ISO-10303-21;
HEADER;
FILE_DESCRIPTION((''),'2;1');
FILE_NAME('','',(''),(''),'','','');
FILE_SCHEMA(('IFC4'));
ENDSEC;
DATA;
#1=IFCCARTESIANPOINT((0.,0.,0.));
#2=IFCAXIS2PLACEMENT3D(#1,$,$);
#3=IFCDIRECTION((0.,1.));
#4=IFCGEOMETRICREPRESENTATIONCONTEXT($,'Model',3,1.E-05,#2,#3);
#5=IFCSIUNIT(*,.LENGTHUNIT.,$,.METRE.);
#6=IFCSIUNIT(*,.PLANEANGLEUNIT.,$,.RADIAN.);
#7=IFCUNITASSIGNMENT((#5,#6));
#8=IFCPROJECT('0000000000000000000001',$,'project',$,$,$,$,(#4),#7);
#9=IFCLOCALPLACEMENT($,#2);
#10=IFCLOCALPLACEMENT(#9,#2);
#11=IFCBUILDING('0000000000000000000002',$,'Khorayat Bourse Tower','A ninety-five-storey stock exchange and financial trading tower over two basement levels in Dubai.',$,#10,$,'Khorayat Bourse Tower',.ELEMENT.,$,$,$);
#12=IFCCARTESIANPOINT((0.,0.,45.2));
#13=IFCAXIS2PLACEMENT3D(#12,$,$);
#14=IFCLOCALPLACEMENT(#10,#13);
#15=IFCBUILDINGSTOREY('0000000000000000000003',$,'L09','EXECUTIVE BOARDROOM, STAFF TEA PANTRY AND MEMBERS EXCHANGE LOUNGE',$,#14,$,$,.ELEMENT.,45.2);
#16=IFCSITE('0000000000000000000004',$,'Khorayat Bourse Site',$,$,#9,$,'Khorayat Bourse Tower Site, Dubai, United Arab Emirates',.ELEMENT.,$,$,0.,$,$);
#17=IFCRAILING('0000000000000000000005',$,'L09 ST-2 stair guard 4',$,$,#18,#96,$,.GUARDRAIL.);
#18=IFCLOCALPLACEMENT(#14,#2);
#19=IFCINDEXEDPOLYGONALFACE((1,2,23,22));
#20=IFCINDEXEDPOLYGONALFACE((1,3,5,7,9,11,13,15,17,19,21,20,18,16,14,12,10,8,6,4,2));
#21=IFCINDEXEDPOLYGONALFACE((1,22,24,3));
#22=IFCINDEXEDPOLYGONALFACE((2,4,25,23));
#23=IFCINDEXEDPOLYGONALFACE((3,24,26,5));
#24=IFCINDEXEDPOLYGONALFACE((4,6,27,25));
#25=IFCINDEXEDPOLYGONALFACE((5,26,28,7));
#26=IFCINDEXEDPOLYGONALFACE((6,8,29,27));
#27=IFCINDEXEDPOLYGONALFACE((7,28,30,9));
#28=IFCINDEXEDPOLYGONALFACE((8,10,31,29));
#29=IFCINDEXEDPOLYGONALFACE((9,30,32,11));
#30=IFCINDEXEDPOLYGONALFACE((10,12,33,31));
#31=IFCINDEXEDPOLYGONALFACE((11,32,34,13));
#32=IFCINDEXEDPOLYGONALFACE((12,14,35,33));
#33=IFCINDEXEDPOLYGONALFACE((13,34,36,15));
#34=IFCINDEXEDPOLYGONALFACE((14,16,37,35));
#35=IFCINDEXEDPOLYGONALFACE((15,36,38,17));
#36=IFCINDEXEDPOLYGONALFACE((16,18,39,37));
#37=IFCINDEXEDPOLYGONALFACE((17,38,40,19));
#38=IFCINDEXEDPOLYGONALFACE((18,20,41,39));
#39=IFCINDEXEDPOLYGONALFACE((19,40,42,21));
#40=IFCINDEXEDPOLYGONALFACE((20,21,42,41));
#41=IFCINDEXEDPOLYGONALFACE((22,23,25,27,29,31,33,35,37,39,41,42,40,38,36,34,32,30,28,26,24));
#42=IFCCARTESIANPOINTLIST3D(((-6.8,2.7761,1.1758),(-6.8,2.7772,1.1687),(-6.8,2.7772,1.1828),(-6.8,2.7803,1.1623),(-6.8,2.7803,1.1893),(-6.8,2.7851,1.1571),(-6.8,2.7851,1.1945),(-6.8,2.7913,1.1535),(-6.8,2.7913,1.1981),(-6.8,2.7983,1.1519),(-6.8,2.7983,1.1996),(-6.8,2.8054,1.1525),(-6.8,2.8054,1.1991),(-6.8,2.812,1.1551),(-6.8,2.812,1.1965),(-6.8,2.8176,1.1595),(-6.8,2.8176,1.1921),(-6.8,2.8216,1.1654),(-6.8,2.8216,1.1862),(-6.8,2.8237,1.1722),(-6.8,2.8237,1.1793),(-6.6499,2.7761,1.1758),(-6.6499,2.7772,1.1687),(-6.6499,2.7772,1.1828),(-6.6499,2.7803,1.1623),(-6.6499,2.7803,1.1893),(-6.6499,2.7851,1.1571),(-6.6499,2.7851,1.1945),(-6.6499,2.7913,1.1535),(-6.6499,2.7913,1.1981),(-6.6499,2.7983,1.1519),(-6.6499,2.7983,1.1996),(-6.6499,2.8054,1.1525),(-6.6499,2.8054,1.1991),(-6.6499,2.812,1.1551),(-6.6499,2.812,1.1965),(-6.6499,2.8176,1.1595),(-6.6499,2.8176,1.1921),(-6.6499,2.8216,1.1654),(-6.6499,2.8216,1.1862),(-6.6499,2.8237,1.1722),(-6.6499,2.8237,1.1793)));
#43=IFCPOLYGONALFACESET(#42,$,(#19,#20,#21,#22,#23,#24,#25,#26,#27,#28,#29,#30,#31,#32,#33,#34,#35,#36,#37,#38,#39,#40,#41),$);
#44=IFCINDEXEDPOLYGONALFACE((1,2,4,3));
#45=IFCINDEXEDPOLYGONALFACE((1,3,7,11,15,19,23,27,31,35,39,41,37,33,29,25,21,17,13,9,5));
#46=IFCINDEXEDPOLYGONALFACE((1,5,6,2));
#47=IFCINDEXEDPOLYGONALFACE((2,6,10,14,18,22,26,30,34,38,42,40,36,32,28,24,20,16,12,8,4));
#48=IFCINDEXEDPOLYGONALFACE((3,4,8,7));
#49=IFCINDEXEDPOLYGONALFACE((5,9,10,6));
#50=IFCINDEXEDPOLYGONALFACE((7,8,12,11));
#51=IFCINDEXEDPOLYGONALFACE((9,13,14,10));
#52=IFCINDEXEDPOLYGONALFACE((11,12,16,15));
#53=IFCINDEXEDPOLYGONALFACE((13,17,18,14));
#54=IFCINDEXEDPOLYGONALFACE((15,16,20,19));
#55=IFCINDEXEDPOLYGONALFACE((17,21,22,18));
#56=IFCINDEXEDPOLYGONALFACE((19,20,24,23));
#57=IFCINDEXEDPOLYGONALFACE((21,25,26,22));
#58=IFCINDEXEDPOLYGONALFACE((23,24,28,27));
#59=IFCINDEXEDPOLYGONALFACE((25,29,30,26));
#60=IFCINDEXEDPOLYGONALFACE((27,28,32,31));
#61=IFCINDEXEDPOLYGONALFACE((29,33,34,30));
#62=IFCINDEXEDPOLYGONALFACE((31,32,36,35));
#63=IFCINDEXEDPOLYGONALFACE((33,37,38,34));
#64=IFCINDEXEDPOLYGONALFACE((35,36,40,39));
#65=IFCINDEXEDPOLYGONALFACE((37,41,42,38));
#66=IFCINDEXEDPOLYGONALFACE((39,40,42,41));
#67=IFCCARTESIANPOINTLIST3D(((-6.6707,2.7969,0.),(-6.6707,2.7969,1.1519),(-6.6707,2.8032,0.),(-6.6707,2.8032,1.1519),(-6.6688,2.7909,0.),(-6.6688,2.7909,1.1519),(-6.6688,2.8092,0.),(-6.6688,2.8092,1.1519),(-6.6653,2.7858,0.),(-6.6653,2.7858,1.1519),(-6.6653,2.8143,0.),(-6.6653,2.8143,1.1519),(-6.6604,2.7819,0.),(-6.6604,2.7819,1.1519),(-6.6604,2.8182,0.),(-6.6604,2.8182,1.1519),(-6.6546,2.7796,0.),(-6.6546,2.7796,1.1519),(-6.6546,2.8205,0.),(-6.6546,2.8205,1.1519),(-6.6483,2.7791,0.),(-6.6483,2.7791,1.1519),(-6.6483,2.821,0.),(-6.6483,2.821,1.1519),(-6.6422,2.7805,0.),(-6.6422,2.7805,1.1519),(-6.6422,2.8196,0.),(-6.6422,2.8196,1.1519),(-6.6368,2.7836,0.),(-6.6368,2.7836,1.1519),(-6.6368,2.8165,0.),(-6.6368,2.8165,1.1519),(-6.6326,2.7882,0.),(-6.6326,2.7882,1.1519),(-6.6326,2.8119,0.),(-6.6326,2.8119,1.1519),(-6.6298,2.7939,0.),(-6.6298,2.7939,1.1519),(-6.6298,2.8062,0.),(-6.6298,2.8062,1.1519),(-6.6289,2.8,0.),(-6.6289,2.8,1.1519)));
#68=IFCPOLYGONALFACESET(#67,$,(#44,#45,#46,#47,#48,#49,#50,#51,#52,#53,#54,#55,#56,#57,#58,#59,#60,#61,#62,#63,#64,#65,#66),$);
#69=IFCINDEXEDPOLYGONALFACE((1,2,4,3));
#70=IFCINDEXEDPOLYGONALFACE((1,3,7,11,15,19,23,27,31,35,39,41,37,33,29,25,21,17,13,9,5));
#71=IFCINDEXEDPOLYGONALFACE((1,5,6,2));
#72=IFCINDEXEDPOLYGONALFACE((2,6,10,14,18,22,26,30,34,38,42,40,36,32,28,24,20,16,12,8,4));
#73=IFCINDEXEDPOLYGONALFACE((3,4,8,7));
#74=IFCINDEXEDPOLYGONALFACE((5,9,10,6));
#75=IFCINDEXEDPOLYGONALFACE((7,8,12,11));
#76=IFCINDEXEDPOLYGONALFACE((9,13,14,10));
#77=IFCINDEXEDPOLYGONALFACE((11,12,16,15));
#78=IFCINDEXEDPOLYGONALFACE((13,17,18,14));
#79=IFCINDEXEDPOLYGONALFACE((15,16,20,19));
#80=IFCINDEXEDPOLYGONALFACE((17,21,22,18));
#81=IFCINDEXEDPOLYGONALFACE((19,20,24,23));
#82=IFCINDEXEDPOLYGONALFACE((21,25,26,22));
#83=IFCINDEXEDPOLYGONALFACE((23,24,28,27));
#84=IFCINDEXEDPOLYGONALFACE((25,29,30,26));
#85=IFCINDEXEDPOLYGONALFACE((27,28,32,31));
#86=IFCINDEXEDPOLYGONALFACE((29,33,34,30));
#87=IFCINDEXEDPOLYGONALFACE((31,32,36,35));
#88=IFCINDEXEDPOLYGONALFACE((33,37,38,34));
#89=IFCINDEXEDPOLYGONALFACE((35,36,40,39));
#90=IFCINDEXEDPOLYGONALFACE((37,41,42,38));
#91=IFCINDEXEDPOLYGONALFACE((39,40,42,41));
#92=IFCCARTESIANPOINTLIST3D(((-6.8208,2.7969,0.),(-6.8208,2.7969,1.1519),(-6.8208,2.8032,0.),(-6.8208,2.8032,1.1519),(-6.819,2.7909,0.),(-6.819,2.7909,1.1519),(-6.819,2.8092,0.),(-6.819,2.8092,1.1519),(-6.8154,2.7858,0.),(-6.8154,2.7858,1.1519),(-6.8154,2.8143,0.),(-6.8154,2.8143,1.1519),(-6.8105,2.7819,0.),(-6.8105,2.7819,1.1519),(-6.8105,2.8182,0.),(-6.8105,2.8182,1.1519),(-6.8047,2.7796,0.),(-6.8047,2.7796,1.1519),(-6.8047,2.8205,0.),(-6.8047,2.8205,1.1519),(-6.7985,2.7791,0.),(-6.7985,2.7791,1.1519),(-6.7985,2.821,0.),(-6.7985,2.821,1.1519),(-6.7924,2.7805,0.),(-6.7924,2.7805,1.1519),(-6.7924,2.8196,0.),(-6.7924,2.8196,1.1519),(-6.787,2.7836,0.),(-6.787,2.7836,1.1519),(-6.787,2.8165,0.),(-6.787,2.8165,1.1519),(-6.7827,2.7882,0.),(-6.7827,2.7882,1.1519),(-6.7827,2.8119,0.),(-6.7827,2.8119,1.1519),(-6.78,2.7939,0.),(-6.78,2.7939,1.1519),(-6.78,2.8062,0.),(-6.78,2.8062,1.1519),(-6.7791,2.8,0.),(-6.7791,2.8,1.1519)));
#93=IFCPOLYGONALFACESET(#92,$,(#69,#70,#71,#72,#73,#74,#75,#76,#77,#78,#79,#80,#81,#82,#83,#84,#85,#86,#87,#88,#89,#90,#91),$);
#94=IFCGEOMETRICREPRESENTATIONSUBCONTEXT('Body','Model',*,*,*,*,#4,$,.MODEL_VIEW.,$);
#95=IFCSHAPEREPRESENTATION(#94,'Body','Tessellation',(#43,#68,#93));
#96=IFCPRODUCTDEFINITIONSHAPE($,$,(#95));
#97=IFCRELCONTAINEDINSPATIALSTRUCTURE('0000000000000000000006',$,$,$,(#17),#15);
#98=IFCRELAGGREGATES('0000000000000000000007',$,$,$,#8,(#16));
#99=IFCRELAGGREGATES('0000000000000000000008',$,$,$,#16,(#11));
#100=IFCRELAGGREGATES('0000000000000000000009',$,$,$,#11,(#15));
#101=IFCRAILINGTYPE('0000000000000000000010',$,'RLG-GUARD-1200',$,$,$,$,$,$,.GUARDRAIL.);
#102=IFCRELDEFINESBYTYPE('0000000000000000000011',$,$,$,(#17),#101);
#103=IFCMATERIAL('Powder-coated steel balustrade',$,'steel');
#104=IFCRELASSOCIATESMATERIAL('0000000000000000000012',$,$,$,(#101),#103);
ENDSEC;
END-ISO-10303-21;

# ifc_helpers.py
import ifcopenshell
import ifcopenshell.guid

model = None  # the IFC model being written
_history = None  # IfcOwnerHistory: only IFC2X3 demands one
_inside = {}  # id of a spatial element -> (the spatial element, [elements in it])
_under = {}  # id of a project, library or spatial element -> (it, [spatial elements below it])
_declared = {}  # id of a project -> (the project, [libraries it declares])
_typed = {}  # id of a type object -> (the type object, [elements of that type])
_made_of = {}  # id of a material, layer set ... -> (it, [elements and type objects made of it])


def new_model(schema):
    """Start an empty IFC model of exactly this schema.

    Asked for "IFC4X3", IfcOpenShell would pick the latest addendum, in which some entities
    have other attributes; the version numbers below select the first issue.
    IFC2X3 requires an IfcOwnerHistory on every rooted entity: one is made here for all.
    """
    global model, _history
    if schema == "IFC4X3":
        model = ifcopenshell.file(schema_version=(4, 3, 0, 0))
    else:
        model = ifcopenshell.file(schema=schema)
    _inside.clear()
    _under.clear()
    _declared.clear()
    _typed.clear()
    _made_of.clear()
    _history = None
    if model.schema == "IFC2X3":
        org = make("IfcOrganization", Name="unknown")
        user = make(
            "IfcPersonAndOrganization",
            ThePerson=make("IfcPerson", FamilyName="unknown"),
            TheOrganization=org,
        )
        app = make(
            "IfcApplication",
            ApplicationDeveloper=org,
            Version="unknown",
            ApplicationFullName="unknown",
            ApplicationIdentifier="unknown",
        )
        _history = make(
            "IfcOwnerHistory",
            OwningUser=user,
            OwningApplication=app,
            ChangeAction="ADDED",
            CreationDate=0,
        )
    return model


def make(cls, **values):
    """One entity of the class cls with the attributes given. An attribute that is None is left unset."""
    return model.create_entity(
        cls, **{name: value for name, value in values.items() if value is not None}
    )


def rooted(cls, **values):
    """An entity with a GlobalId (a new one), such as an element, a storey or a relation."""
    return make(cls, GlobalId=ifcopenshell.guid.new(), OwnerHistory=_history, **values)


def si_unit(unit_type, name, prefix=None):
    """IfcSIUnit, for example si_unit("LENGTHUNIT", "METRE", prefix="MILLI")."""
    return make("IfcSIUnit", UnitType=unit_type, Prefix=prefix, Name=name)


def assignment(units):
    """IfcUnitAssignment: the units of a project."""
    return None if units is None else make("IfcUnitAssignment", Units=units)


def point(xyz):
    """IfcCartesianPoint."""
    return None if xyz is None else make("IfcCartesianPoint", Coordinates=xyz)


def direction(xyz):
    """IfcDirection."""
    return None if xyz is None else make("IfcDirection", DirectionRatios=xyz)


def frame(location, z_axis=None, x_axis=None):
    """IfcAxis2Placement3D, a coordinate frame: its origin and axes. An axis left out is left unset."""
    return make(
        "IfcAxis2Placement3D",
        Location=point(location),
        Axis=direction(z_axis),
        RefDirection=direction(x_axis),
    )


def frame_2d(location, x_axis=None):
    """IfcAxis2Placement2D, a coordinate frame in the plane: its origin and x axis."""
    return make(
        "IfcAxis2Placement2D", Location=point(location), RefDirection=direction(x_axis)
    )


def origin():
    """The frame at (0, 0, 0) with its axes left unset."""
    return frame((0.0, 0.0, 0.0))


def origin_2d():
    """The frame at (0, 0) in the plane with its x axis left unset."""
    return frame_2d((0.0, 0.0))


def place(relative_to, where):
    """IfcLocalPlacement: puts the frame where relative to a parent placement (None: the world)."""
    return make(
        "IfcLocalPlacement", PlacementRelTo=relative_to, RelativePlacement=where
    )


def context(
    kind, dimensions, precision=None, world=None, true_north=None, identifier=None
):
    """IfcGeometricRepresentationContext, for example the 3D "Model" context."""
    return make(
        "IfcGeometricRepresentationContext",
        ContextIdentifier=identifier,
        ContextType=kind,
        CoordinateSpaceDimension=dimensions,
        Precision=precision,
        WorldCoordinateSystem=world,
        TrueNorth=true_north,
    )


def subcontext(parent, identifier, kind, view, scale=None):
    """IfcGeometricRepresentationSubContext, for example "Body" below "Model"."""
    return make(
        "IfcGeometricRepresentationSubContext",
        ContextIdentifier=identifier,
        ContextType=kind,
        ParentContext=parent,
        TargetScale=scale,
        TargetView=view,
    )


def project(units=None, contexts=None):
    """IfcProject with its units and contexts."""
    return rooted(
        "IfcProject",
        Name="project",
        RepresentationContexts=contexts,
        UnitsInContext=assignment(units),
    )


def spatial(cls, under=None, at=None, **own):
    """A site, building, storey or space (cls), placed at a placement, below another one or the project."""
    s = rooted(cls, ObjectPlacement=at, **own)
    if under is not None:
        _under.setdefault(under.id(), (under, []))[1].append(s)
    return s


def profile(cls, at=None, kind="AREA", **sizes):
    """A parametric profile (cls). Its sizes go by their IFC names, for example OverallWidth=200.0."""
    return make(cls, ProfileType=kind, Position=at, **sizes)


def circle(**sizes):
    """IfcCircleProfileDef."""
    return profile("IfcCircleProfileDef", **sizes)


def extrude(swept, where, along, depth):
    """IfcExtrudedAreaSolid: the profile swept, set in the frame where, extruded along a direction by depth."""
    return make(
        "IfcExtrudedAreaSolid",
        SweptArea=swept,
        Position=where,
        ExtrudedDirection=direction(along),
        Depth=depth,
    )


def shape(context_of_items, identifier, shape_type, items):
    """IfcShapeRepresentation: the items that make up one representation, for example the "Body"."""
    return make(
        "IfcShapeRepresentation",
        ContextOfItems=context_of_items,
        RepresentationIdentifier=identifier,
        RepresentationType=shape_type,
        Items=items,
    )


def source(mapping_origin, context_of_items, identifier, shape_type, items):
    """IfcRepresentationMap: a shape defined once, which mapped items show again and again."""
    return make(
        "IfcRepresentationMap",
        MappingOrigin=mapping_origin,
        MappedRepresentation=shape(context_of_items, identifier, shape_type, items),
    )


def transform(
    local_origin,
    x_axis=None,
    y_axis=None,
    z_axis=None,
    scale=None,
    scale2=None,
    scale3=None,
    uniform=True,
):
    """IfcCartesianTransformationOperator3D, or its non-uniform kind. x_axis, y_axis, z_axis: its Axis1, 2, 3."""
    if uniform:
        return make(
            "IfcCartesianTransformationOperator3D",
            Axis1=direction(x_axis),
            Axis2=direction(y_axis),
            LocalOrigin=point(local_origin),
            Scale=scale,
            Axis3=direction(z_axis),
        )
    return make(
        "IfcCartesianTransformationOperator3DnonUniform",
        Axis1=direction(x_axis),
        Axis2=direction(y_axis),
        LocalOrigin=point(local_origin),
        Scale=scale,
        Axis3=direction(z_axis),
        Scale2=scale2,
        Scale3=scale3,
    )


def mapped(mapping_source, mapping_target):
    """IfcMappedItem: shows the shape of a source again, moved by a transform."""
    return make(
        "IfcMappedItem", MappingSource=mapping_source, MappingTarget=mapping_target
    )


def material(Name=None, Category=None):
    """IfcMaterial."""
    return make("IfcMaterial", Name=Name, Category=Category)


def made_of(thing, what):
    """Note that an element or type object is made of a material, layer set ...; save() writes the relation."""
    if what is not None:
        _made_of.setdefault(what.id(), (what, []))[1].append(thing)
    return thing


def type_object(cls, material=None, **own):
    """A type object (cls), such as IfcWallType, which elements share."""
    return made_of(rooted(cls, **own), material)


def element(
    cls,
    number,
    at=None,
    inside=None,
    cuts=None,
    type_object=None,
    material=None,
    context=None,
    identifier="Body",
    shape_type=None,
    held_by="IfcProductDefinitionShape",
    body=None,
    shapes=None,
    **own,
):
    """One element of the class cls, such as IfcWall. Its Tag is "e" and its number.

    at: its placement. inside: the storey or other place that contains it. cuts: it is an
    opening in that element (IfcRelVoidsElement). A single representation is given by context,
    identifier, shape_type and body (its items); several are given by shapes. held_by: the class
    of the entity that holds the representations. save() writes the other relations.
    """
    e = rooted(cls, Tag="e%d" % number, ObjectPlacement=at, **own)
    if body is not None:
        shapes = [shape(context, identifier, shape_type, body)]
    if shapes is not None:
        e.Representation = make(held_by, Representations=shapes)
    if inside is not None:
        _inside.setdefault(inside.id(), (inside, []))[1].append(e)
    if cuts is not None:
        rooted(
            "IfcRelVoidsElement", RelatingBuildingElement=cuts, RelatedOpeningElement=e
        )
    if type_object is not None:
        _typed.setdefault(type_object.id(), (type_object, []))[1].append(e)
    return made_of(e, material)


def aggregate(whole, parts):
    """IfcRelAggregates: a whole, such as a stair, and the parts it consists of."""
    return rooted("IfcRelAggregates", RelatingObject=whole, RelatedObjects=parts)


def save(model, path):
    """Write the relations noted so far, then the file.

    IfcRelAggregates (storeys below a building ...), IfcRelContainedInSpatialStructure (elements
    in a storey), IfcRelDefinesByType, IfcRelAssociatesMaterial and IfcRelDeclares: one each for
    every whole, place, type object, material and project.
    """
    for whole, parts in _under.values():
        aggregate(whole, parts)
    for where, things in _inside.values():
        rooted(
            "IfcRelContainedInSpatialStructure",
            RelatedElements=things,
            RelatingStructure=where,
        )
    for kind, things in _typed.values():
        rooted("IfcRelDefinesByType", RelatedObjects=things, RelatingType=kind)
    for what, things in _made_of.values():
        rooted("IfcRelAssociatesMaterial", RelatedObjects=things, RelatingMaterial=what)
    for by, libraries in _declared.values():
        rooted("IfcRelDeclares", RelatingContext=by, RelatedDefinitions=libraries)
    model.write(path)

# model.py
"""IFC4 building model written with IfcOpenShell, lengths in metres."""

from ifc_helpers import new_model, si_unit, direction, frame, origin, origin_2d, place, context, subcontext, project, spatial, circle, extrude, source, transform, mapped, material, type_object, element, save


model = new_model("IFC4")

# Units and contexts
model_context = context("Model", 3, precision=1e-05, world=origin(), true_north=direction((0.0, 1.0)))
body_context = subcontext(model_context, "Body", "Model", "MODEL_VIEW")
ifc_project = project(units=[si_unit("LENGTHUNIT", "METRE"), si_unit("PLANEANGLEUNIT", "RADIAN")], contexts=[model_context])

# Site, building, storey
site_placement = place(None, origin())
site = spatial("IfcSite", under=ifc_project, at=site_placement, Name="Khorayat Bourse Site", LongName="Khorayat Bourse Tower Site, Dubai, United Arab Emirates", CompositionType="ELEMENT", RefElevation=0.0)
building_placement = place(site_placement, origin())
building = spatial("IfcBuilding", under=site, at=building_placement, Name="Khorayat Bourse Tower", Description="A ninety-five-storey stock exchange and financial trading tower over two basement levels in Dubai.", LongName="Khorayat Bourse Tower", CompositionType="ELEMENT")
storey_placement = place(building_placement, frame((0.0, 0.0, 45.2)))
storey = spatial("IfcBuildingStorey", under=building, at=storey_placement, Name="L09", Description="EXECUTIVE BOARDROOM, STAFF TEA PANTRY AND MEMBERS EXCHANGE LOUNGE", CompositionType="ELEMENT", Elevation=45.2)

# Railing
ifc_material_1 = material(Name="Powder-coated steel balustrade", Category="steel")
railing_type_1 = type_object("IfcRailingType", Name="RLG-GUARD-1200", PredefinedType="GUARDRAIL", material=ifc_material_1)
shared_shape_1 = source(origin(), body_context, "Body", "SweptSolid", [
    extrude(circle(Radius=0.0239, at=origin_2d()), frame((0.0, 0.0, 1.1758), z_axis=(-1.0, 0.0, 0.0), x_axis=(0.0, -1.0, 0.0)), (0.0, 0.0, 1.0), 0.1501),
    extrude(circle(Radius=0.021, at=origin_2d()), origin(), (0.0, 0.0, 1.0), 1.1519),
    extrude(circle(Radius=0.021, at=origin_2d()), frame((-0.1501, 0.0, 0.0)), (0.0, 0.0, 1.0), 1.1519),
])
for number, where, name in (
    (1, (-6.6499, 2.8, 0.0), "L09 ST-2 stair guard 4"),
):
    element("IfcRailing", number, at=place(storey_placement, frame(where)), inside=storey, type_object=railing_type_1, Name=name, PredefinedType="GUARDRAIL", context=body_context, shape_type="MappedRepresentation", body=[
        mapped(shared_shape_1, transform((0.0, 0.0, 0.0), scale=1.0)),
    ])

save(model, "model.ifc")
